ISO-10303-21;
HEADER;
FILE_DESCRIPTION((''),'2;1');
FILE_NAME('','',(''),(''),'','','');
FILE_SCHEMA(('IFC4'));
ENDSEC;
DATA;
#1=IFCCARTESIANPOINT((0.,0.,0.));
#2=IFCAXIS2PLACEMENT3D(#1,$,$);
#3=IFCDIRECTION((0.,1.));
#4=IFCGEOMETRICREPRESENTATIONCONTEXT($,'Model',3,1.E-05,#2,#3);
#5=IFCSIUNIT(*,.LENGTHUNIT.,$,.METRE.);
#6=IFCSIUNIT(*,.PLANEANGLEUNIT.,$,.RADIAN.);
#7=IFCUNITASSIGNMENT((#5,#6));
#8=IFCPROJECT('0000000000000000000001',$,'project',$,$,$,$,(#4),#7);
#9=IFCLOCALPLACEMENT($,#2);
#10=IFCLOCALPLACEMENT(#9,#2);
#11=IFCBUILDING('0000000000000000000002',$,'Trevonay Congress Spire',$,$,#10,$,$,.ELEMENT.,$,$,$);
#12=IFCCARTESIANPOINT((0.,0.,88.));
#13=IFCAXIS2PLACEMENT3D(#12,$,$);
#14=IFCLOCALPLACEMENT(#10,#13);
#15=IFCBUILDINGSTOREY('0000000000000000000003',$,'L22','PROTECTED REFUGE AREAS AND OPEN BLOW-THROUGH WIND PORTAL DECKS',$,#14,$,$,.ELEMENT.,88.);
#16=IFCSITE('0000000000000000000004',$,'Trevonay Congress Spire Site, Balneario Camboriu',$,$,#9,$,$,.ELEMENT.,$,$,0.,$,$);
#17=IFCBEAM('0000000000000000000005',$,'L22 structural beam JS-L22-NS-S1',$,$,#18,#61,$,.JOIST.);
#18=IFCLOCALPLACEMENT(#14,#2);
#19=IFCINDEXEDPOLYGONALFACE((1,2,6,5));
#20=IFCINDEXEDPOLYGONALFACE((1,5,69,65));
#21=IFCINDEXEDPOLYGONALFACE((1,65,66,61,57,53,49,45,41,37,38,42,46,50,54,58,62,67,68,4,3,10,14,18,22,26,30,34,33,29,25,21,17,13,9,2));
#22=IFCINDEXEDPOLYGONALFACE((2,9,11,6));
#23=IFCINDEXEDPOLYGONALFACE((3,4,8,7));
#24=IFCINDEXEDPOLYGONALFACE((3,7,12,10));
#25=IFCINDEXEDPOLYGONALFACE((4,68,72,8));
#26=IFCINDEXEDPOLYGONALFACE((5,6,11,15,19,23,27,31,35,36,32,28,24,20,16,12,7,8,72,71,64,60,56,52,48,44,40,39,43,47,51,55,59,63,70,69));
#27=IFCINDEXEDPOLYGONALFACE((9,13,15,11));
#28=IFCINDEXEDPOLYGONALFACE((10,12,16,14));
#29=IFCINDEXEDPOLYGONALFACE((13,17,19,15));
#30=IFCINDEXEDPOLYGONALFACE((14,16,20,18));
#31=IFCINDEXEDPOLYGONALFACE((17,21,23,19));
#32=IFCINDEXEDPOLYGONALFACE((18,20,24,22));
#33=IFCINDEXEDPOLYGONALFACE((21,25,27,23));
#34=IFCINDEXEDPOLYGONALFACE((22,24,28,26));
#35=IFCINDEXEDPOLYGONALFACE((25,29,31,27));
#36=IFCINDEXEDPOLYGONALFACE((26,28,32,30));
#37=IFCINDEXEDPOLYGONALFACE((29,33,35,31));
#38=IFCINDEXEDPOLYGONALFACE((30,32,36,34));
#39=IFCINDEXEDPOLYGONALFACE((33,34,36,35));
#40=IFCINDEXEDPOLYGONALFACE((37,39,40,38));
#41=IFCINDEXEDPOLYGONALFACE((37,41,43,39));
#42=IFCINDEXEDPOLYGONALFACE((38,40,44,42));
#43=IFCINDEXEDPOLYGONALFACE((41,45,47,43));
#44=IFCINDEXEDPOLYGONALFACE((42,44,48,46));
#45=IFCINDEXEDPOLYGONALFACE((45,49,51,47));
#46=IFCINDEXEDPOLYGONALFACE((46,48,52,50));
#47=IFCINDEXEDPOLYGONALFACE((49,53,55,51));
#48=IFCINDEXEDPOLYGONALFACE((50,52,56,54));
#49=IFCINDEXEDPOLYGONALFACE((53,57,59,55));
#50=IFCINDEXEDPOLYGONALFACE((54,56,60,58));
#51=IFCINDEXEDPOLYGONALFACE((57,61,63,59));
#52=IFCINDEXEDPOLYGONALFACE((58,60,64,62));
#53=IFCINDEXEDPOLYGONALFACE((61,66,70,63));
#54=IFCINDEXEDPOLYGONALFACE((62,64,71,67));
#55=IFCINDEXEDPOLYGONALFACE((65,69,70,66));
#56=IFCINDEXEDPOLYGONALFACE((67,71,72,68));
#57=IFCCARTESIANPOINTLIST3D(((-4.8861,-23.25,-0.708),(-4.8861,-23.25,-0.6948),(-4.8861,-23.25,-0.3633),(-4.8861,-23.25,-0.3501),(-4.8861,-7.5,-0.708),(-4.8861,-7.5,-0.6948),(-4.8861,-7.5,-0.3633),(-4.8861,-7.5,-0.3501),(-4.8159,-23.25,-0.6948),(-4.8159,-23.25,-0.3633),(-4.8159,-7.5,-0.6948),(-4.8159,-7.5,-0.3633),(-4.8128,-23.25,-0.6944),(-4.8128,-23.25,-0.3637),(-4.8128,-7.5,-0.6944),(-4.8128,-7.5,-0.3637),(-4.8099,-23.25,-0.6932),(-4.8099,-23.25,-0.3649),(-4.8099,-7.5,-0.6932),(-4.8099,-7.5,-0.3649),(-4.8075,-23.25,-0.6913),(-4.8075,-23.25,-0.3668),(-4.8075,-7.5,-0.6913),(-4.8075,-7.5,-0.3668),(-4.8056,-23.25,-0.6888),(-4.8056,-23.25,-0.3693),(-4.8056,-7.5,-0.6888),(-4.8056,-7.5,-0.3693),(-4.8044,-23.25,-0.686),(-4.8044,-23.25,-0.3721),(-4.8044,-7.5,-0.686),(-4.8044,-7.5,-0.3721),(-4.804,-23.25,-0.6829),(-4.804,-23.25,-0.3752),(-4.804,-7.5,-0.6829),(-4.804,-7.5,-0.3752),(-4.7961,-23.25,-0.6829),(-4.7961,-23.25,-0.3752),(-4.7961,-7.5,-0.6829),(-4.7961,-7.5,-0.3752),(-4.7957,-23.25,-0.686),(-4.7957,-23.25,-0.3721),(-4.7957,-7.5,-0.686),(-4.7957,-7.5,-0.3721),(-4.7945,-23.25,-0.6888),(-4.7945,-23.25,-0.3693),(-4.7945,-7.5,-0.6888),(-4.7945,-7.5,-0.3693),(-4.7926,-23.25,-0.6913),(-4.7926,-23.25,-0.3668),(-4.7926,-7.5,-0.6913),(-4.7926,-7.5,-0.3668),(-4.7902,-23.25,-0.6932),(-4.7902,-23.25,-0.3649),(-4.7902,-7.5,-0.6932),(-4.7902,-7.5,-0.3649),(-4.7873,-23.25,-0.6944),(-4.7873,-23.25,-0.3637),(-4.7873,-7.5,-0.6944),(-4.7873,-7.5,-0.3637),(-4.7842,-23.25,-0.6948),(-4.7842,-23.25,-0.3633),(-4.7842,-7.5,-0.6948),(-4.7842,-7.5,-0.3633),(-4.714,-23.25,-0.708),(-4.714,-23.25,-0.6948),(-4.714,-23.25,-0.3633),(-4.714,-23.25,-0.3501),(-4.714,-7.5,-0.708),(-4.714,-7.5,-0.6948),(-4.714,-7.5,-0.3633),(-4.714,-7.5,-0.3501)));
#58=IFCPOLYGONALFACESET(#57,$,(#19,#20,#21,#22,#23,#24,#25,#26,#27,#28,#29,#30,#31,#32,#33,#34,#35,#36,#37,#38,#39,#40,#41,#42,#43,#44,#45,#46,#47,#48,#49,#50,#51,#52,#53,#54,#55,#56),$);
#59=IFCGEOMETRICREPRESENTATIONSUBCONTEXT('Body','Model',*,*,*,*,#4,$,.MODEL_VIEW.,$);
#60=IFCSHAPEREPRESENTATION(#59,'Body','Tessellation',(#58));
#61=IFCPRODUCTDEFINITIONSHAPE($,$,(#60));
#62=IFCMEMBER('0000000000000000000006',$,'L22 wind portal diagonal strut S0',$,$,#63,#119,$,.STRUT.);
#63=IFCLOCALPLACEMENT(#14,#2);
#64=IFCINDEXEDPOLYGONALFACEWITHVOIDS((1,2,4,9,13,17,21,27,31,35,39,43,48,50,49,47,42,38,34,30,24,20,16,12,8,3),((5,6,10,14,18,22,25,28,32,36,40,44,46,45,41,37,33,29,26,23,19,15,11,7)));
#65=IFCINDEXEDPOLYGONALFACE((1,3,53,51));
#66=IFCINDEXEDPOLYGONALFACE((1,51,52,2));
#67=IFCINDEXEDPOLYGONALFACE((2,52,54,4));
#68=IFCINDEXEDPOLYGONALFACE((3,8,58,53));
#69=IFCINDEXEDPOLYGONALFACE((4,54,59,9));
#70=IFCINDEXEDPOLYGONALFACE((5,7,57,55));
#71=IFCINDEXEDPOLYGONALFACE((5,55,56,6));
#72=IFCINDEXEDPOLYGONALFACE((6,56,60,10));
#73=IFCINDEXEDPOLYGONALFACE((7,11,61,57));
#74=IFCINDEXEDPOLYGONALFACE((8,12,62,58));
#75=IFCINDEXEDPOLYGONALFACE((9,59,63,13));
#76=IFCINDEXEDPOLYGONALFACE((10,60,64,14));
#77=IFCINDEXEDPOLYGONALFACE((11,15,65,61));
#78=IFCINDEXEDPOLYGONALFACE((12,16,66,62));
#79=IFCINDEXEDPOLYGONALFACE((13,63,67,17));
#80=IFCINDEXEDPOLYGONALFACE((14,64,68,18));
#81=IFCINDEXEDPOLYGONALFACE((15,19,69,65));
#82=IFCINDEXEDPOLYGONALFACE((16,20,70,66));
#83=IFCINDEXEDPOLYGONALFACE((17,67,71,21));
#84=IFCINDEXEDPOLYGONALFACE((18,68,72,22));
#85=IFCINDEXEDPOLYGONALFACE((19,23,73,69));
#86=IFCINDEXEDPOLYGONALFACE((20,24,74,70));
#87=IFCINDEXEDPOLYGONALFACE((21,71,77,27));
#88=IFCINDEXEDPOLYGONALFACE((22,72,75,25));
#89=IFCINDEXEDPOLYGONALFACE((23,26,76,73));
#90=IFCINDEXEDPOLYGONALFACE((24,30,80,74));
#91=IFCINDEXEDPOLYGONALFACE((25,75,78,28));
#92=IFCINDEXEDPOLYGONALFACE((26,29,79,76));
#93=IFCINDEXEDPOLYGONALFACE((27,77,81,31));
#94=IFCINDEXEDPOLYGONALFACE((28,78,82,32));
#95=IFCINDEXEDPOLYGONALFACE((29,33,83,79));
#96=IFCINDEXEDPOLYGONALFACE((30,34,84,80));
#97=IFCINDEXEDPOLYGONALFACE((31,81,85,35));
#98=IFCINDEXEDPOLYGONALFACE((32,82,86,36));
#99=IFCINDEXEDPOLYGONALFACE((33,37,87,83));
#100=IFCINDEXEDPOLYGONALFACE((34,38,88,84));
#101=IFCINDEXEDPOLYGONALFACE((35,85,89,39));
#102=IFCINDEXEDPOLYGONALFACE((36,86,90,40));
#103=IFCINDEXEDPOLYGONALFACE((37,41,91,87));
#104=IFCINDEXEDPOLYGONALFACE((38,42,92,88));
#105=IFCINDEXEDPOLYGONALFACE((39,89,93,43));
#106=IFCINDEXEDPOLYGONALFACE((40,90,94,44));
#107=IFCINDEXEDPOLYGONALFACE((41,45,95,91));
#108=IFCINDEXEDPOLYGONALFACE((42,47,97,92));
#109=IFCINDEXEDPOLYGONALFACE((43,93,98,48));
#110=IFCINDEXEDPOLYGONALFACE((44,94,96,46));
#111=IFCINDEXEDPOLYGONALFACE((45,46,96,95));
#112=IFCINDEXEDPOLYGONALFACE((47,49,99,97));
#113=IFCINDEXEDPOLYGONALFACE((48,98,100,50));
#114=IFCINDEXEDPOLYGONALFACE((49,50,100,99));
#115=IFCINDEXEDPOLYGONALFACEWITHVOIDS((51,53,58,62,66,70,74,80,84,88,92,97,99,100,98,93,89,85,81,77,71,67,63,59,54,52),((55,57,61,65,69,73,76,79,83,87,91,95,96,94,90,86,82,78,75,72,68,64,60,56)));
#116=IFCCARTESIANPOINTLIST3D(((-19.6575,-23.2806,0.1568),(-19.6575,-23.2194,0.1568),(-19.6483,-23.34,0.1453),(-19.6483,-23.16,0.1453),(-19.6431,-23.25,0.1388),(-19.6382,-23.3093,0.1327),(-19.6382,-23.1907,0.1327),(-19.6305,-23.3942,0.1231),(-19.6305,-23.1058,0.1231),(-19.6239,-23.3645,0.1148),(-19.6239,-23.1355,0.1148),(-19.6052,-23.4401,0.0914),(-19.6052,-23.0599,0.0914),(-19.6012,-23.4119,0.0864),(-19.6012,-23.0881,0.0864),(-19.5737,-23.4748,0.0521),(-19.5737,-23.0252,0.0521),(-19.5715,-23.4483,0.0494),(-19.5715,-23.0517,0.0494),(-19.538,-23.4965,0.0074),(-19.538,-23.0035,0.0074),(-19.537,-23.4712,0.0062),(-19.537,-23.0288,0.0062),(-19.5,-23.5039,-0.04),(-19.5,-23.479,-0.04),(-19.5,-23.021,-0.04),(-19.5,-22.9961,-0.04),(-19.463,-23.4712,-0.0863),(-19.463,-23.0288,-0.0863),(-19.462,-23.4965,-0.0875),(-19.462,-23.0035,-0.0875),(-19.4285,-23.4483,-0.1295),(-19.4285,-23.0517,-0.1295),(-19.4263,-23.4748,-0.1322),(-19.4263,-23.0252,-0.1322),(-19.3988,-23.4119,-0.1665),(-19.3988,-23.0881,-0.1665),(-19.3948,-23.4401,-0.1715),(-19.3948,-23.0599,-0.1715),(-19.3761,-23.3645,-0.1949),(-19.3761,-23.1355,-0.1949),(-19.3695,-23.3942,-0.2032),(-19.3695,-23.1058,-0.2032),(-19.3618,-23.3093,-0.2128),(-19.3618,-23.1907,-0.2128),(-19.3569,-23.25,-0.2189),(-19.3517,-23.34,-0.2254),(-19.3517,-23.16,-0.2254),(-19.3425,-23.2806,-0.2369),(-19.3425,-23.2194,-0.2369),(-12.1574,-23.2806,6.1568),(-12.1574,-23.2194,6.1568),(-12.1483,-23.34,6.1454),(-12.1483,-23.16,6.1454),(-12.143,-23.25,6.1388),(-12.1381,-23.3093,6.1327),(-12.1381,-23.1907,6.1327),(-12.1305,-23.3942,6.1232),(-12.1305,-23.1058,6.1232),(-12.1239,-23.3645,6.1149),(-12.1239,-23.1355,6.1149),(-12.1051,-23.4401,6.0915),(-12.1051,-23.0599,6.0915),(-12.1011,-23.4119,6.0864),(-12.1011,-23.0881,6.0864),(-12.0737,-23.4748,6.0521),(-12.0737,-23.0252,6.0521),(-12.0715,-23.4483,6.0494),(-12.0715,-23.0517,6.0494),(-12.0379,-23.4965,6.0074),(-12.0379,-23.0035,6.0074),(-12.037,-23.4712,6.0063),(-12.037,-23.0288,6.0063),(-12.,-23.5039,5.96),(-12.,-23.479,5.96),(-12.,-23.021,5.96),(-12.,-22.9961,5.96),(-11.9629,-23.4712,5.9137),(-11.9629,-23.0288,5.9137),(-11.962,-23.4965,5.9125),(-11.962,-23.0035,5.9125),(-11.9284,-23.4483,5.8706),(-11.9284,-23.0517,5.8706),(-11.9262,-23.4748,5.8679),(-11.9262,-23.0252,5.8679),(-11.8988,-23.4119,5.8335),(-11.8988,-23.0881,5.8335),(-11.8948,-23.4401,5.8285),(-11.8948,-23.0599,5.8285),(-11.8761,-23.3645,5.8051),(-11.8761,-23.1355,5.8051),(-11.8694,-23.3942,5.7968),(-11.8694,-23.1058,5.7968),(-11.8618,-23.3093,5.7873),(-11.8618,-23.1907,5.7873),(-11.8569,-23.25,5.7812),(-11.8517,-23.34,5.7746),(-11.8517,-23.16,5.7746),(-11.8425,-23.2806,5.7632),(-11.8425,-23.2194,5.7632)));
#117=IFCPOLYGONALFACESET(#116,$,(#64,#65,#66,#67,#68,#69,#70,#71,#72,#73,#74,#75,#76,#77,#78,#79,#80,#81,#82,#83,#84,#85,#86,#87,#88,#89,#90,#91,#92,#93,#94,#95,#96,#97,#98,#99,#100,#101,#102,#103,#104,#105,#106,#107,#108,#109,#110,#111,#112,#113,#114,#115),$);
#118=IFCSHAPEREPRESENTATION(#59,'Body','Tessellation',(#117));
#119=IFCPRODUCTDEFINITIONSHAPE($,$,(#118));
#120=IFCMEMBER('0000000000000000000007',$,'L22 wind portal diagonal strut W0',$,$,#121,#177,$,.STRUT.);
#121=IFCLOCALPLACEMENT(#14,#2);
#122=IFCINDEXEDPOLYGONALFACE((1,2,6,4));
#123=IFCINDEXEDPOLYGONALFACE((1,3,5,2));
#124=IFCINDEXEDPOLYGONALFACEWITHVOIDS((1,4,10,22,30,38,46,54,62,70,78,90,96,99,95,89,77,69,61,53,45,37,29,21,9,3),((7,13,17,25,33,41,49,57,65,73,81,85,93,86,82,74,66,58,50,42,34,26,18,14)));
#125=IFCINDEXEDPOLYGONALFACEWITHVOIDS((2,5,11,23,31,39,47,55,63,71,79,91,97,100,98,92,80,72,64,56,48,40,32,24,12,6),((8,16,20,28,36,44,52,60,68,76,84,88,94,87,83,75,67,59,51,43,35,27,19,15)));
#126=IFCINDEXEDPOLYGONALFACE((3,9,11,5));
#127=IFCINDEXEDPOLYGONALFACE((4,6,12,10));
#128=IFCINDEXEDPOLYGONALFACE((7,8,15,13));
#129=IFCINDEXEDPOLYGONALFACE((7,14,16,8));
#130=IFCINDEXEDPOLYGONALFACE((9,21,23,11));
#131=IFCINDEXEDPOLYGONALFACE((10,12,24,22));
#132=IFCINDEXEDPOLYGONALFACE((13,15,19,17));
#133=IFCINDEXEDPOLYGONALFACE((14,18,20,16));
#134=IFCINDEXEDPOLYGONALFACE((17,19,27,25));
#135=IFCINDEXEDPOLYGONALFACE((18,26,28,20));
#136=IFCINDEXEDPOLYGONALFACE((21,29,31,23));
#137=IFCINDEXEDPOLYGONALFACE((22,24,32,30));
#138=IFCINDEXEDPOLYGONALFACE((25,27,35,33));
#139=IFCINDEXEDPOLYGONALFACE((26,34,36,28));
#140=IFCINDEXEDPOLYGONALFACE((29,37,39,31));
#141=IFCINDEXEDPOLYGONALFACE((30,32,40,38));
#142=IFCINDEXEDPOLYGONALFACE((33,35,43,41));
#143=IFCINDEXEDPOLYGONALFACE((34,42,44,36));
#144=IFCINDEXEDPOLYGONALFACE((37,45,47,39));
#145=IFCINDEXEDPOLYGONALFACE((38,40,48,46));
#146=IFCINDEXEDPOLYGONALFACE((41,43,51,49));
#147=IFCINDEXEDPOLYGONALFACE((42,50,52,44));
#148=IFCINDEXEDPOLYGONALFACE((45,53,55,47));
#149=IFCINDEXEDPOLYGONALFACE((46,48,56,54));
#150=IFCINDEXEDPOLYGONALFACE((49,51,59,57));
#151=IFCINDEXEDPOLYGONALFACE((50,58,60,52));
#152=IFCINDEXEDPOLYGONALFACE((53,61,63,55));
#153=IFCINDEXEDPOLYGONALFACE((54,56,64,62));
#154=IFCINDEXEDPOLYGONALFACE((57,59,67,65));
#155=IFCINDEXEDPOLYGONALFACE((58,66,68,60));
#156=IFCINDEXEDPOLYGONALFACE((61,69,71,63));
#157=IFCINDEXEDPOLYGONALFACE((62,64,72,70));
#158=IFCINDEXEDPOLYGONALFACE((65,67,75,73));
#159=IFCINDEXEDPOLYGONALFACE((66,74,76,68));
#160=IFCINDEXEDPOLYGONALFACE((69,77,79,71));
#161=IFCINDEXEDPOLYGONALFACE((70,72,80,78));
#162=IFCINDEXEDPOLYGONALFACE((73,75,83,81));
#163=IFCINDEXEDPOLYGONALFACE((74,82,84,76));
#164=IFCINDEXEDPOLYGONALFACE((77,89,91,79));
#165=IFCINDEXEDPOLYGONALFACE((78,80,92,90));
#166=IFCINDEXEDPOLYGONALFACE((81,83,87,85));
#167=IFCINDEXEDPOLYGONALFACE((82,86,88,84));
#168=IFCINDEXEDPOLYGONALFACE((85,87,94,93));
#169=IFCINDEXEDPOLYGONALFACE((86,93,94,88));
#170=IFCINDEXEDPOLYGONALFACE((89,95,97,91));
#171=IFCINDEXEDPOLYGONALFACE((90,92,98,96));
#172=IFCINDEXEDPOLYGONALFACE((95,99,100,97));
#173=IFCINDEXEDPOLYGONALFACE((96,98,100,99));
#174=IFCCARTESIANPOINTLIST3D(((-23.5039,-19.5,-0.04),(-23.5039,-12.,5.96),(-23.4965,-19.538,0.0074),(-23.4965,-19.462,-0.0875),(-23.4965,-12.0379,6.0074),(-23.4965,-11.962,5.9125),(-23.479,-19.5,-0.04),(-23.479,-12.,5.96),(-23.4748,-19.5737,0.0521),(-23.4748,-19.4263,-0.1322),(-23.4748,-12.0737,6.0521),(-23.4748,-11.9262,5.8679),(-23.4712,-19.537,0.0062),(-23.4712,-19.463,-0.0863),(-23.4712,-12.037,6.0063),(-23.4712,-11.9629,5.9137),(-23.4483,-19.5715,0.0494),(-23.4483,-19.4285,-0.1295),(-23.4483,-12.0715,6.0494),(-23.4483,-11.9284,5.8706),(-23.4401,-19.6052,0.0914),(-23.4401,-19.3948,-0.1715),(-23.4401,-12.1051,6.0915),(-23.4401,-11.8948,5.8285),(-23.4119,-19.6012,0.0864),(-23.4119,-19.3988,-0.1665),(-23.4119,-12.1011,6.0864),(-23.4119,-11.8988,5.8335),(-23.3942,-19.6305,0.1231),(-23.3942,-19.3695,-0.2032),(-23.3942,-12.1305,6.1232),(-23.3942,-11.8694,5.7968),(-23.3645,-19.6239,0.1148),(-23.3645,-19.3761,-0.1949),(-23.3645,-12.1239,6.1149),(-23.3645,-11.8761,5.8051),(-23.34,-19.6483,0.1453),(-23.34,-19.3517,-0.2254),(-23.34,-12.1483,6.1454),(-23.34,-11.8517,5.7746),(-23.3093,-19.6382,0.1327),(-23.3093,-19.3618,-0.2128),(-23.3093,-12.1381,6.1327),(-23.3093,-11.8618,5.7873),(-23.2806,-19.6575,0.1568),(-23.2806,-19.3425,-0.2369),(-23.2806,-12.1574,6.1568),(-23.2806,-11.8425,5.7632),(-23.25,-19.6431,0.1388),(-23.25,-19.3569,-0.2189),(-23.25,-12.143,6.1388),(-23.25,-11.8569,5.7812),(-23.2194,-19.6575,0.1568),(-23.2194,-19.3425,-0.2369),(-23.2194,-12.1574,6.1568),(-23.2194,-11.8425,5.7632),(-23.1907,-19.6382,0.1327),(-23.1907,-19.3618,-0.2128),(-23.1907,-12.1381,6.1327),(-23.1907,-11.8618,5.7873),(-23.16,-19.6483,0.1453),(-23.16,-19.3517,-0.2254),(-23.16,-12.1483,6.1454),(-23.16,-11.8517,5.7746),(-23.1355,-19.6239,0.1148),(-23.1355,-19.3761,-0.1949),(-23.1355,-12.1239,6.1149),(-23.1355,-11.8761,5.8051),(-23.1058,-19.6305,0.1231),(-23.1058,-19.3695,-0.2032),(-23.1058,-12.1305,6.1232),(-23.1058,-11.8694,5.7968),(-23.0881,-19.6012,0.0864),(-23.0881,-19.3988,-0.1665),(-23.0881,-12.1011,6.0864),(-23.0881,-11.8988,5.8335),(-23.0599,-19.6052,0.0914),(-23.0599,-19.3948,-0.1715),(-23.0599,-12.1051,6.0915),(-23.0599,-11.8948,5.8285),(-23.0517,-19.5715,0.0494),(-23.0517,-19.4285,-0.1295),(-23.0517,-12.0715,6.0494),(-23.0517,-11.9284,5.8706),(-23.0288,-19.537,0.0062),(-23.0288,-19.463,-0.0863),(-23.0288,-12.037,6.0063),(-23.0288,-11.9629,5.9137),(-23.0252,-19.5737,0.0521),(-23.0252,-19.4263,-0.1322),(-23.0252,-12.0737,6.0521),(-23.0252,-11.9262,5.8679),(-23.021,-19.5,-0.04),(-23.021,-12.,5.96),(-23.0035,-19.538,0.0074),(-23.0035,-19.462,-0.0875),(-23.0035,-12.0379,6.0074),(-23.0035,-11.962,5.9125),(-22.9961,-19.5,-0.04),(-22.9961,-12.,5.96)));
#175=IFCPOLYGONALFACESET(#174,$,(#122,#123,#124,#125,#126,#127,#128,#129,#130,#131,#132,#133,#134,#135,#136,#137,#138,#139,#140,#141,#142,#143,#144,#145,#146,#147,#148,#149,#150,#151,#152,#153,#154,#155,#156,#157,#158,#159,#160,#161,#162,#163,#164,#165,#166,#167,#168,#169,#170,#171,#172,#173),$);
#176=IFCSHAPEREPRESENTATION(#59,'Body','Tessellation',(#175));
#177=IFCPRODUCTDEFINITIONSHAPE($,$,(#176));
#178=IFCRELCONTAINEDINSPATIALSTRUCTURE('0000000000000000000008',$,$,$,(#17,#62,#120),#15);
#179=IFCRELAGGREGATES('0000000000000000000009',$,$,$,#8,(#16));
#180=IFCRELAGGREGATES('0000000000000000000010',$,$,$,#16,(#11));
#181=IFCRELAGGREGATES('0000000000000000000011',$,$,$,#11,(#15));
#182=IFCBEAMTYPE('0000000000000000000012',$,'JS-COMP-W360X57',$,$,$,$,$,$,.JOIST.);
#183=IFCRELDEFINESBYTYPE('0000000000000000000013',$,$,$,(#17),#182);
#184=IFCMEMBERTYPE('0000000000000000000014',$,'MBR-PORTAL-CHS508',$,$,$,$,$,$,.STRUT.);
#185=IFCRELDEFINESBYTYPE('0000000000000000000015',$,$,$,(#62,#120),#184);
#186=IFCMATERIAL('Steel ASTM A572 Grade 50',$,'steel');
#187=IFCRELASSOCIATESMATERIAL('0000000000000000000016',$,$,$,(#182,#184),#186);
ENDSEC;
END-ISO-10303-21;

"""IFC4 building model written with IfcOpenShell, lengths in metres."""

from ifc_helpers import new_model, si_unit, direction, frame, origin, origin_2d, place, context, subcontext, project, spatial, hollow_circle, i_section, extrude, material, material_profile, profile_set, type_object, element, save


model = new_model("IFC4")

# Units and contexts
model_context = context("Model", 3, precision=1e-05, world=origin(), true_north=direction((0.0, 1.0)))
body_context = subcontext(model_context, "Body", "Model", "MODEL_VIEW")
ifc_project = project(units=[si_unit("LENGTHUNIT", "METRE"), si_unit("PLANEANGLEUNIT", "RADIAN")], contexts=[model_context])

# Site, building, storey
site_placement = place(None, origin())
site = spatial("IfcSite", under=ifc_project, at=site_placement, Name="Trevonay Congress Spire Site, Balneario Camboriu", CompositionType="ELEMENT", RefElevation=0.0)
building_placement = place(site_placement, origin())
building = spatial("IfcBuilding", under=site, at=building_placement, Name="Trevonay Congress Spire", CompositionType="ELEMENT")
storey_placement = place(building_placement, frame((0.0, 0.0, 88.0)))
storey = spatial("IfcBuildingStorey", under=building, at=storey_placement, Name="L22", Description="PROTECTED REFUGE AREAS AND OPEN BLOW-THROUGH WIND PORTAL DECKS", CompositionType="ELEMENT", Elevation=88.0)

# Shared definitions
ifc_material_1 = material(Name="Steel ASTM A572 Grade 50", Category="steel")

# Beam
ifc_material_profile_1 = material_profile(ifc_material_1, i_section(OverallWidth=0.1721, OverallDepth=0.3579, WebThickness=0.0078, FlangeThickness=0.0132, FilletRadius=0.012, at=origin_2d()), Name="W360x57.8")
ifc_profile_set_1 = profile_set([ifc_material_profile_1], Name="Steel ASTM A572 Grade 50")
beam_type_1 = type_object("IfcBeamType", Name="JS-COMP-W360X57", PredefinedType="JOIST", material=ifc_profile_set_1)
beam_1_placement = place(storey_placement, frame((-4.8, -23.25, -0.5291), z_axis=(0.0, 1.0, 0.0), x_axis=(-1.0, 0.0, 0.0)))
element("IfcBeam", 1, at=beam_1_placement, inside=storey, type_object=beam_type_1, Name="L22 structural beam JS-L22-NS-S1", PredefinedType="JOIST", context=body_context, shape_type="SweptSolid", body=[
    extrude(i_section(OverallWidth=0.1721, OverallDepth=0.3579, WebThickness=0.0078, FlangeThickness=0.0132, FilletRadius=0.012, at=origin_2d()), origin(), (0.0, 0.0, 1.0), 15.75),
])

# Members
ifc_material_profile_2 = material_profile(ifc_material_1, hollow_circle(Radius=0.2539, WallThickness=0.0249, at=origin_2d()), Name="CHS 508x25")
ifc_profile_set_2 = profile_set([ifc_material_profile_2], Name="Steel ASTM A572 Grade 50")
member_type_1 = type_object("IfcMemberType", Name="MBR-PORTAL-CHS508", PredefinedType="STRUT", material=ifc_profile_set_2)
for number, where, z_axis, x_axis, name in (
    (2, (-19.5, -23.25, -0.04), (0.780869, 0.0, 0.624695), (0.0, 1.0, 0.0), "L22 wind portal diagonal strut S0"),
    (3, (-23.25, -19.5, -0.04), (0.0, 0.780869, 0.624695), (-1.0, 0.0, 0.0), "L22 wind portal diagonal strut W0"),
):
    element("IfcMember", number, at=place(storey_placement, frame(where, z_axis=z_axis, x_axis=x_axis)), inside=storey, type_object=member_type_1, Name=name, PredefinedType="STRUT", context=body_context, shape_type="SweptSolid", body=[
        extrude(hollow_circle(Radius=0.2539, WallThickness=0.0249, at=origin_2d()), origin(), (0.0, 0.0, 1.0), 9.6047),
    ])

save(model, "model.ifc")
